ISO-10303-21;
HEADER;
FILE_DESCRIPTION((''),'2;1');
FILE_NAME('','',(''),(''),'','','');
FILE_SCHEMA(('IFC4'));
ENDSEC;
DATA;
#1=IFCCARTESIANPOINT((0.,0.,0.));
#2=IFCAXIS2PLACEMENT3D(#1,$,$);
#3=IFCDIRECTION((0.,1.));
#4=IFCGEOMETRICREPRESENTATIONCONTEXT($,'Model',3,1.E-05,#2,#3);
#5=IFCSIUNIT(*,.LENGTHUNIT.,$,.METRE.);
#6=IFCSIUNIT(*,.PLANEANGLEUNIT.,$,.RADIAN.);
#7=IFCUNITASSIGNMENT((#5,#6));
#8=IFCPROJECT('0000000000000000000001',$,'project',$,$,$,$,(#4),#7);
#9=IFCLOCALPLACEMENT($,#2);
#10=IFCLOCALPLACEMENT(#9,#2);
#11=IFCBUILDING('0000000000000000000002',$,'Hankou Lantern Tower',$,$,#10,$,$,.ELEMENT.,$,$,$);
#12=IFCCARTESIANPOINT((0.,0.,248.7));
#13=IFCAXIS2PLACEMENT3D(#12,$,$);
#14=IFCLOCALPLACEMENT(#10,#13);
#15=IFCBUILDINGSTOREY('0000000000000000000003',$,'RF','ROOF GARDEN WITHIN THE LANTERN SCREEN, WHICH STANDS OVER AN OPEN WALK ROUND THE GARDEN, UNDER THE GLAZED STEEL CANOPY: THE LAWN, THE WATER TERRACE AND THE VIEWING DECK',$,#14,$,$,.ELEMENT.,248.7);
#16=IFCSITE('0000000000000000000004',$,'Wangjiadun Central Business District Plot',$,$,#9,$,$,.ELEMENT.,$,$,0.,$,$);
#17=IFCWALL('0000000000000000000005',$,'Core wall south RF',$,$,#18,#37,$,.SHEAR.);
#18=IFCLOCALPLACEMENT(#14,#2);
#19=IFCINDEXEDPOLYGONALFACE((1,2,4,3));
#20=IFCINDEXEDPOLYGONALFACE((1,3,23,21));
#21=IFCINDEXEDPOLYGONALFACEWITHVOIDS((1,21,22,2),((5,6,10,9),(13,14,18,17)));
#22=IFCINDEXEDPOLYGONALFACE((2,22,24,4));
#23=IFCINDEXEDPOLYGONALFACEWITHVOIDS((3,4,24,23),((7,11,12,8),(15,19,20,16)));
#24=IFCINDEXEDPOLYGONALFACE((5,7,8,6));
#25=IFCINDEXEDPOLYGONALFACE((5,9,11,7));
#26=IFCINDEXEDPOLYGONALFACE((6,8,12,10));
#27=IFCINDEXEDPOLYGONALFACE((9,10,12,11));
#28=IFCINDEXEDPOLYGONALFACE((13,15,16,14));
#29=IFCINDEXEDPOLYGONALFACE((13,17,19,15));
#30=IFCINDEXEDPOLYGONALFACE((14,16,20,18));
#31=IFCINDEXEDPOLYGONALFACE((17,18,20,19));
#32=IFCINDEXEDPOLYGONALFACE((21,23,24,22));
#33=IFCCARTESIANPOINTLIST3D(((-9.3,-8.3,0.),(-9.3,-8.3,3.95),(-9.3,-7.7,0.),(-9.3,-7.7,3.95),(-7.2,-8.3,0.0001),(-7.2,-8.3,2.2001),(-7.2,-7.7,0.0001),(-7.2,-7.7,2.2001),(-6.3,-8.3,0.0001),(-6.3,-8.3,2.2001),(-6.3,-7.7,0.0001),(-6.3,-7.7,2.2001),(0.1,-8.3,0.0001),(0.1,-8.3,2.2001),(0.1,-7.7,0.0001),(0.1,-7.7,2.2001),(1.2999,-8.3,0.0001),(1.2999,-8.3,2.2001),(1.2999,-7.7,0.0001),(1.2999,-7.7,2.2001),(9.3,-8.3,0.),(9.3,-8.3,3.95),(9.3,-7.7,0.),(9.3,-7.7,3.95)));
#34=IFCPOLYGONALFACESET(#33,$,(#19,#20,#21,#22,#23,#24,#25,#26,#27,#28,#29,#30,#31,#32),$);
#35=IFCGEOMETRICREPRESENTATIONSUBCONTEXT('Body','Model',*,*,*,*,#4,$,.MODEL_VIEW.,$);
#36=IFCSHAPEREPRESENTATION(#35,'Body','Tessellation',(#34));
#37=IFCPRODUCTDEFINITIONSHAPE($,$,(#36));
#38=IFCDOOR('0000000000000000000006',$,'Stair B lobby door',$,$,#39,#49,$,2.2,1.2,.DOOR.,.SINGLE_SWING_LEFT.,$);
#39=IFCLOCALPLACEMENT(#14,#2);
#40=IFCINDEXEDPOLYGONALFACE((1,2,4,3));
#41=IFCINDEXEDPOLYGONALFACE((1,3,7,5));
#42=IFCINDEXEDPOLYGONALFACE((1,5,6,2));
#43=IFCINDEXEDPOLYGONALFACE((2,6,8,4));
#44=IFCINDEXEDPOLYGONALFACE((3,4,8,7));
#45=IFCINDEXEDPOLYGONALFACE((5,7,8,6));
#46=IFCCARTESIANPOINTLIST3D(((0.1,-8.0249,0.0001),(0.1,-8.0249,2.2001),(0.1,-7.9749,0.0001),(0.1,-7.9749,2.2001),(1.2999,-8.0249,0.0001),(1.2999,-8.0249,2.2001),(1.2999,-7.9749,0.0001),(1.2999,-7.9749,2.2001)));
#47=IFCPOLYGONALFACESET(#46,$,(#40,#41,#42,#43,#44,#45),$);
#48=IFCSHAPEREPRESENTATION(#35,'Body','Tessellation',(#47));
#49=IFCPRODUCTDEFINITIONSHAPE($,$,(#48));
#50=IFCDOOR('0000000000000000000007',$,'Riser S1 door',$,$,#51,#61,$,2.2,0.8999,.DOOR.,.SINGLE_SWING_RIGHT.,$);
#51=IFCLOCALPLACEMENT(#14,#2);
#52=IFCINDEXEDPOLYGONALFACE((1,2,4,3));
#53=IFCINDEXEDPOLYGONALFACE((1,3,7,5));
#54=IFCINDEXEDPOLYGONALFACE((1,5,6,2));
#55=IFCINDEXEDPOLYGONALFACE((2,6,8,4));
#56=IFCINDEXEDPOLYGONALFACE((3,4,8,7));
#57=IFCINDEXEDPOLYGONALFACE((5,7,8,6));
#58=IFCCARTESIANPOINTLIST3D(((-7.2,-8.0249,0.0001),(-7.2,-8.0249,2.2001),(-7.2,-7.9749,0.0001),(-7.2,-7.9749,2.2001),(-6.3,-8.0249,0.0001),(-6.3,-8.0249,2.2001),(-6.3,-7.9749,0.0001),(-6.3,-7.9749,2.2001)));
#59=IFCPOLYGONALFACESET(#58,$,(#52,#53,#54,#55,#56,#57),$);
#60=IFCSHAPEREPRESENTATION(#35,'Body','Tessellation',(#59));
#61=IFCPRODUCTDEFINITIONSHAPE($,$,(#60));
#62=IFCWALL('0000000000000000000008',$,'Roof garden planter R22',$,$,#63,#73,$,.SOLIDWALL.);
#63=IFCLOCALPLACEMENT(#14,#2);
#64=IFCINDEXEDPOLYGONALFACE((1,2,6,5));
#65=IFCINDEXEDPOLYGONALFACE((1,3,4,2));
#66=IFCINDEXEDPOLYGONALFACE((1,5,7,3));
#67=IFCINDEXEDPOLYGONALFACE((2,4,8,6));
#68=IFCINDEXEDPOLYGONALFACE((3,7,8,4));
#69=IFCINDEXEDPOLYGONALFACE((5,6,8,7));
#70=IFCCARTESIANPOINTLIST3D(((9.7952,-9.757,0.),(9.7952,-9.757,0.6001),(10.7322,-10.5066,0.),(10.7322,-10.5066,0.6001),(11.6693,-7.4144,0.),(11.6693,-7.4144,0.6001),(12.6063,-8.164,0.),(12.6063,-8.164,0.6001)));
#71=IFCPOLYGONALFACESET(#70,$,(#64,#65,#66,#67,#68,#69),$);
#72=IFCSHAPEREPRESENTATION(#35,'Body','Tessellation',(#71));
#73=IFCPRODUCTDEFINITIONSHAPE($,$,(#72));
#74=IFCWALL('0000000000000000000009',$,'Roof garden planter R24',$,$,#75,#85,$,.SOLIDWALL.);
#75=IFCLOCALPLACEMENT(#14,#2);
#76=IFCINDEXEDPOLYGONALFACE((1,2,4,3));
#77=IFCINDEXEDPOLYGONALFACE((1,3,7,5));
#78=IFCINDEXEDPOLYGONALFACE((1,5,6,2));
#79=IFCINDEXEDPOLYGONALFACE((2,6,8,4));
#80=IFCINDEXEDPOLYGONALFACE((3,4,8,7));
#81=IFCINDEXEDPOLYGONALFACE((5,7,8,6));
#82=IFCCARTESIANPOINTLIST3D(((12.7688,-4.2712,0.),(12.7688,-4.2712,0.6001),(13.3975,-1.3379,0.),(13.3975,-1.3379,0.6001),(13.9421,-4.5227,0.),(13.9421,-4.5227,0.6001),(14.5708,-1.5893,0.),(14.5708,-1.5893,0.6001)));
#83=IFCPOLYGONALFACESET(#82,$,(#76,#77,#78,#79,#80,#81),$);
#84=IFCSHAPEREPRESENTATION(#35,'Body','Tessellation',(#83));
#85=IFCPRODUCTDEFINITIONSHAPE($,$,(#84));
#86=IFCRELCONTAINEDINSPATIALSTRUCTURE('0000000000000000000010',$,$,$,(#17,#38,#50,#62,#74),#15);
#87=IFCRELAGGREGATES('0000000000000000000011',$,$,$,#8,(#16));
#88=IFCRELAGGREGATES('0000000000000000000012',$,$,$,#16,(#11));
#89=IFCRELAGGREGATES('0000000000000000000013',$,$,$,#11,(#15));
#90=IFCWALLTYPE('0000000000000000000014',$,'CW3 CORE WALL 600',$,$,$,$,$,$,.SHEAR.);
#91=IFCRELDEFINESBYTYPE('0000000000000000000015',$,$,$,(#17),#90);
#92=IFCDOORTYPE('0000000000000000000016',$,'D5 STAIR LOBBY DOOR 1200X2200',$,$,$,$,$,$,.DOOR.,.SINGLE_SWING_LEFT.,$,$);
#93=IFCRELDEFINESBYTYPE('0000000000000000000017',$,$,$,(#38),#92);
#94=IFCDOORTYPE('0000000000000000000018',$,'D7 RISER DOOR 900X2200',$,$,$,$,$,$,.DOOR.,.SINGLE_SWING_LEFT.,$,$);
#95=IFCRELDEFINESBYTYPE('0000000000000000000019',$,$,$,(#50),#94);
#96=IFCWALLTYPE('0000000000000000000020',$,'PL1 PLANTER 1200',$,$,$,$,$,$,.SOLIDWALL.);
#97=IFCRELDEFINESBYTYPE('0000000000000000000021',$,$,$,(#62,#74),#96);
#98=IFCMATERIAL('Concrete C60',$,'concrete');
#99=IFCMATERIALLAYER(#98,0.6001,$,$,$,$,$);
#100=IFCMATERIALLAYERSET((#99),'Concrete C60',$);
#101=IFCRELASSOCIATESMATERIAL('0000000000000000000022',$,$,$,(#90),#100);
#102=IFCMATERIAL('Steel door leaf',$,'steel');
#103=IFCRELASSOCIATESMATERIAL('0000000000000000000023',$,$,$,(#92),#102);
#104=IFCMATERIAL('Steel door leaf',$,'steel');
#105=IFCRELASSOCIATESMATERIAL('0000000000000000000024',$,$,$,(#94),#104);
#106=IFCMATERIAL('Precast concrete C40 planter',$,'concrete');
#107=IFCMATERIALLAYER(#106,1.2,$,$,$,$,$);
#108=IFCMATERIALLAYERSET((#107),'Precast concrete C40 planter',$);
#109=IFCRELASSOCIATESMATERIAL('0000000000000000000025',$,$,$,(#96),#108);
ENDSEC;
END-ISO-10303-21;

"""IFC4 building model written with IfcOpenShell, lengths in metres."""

from ifc_helpers import new_model, si_unit, direction, frame, frame_2d, origin, place, context, subcontext, project, spatial, rectangle, extrude, material, layer, layer_set, type_object, element, fill, save


model = new_model("IFC4")

# Units and contexts
model_context = context("Model", 3, precision=1e-05, world=origin(), true_north=direction((0.0, 1.0)))
body_context = subcontext(model_context, "Body", "Model", "MODEL_VIEW")
ifc_project = project(units=[si_unit("LENGTHUNIT", "METRE"), si_unit("PLANEANGLEUNIT", "RADIAN")], contexts=[model_context])

# Site, building, storey
site_placement = place(None, origin())
site = spatial("IfcSite", under=ifc_project, at=site_placement, Name="Wangjiadun Central Business District Plot", CompositionType="ELEMENT", RefElevation=0.0)
building_placement = place(site_placement, origin())
building = spatial("IfcBuilding", under=site, at=building_placement, Name="Hankou Lantern Tower", CompositionType="ELEMENT")
storey_placement = place(building_placement, frame((0.0, 0.0, 248.7)))
storey = spatial("IfcBuildingStorey", under=building, at=storey_placement, Name="RF", Description="ROOF GARDEN WITHIN THE LANTERN SCREEN, WHICH STANDS OVER AN OPEN WALK ROUND THE GARDEN, UNDER THE GLAZED STEEL CANOPY: THE LAWN, THE WATER TERRACE AND THE VIEWING DECK", CompositionType="ELEMENT", Elevation=248.7)

# Wall, openings, doors
ifc_material_1 = material(Name="Concrete C60", Category="concrete")
ifc_layer_1 = layer(ifc_material_1, 0.6001)
ifc_layer_set_1 = layer_set([ifc_layer_1], Name="Concrete C60")
wall_type_1 = type_object("IfcWallType", Name="CW3 CORE WALL 600", PredefinedType="SHEAR", material=ifc_layer_set_1)
wall_placement = place(storey_placement, frame((9.3, -8.0, 0.0), z_axis=(0.0, 0.0, 1.0), x_axis=(-1.0, 0.0, 0.0)))
wall = element("IfcWall", 1, at=wall_placement, inside=storey, type_object=wall_type_1, Name="Core wall south RF", PredefinedType="SHEAR", context=body_context, shape_type="SweptSolid", body=[
    extrude(rectangle(XDim=18.6001, YDim=0.6001, at=frame_2d((9.3, 0.0))), origin(), (0.0, 0.0, 1.0), 3.95),
])
opening_1_placement = place(wall_placement, frame((8.0, 0.0, 0.0)))
opening_1 = element("IfcOpeningElement", 2, at=opening_1_placement, cuts=wall, PredefinedType="OPENING", context=body_context, shape_type="SweptSolid", body=[
    extrude(rectangle(XDim=1.2, YDim=2.2, at=frame_2d((0.6001, 1.1001))), frame((0.0, 0.3101, 0.0), z_axis=(0.0, -1.0, 0.0), x_axis=(1.0, 0.0, 0.0)), (0.0, 0.0, 1.0), 0.6201),
])
opening_2_placement = place(wall_placement, frame((15.6001, 0.0, 0.0)))
opening_2 = element("IfcOpeningElement", 3, at=opening_2_placement, cuts=wall, PredefinedType="OPENING", context=body_context, shape_type="SweptSolid", body=[
    extrude(rectangle(XDim=0.8999, YDim=2.2, at=frame_2d((0.45, 1.1001))), frame((0.0, 0.3101, 0.0), z_axis=(0.0, -1.0, 0.0), x_axis=(1.0, 0.0, 0.0)), (0.0, 0.0, 1.0), 0.6201),
])
ifc_material_2 = material(Name="Steel door leaf", Category="steel")
door_type_1 = type_object("IfcDoorType", Name="D5 STAIR LOBBY DOOR 1200X2200", OperationType="SINGLE_SWING_LEFT", PredefinedType="DOOR", material=ifc_material_2)
door_1_placement = place(opening_1_placement, origin())
door_1 = element("IfcDoor", 4, at=door_1_placement, inside=storey, type_object=door_type_1, Name="Stair B lobby door", OperationType="SINGLE_SWING_LEFT", OverallHeight=2.2, OverallWidth=1.2, PredefinedType="DOOR", context=body_context, shape_type="SweptSolid", body=[
    extrude(rectangle(XDim=1.2, YDim=2.2, at=frame_2d((0.6001, 1.1001))), frame((0.0, 0.0249, 0.0), z_axis=(0.0, -1.0, 0.0), x_axis=(1.0, 0.0, 0.0)), (0.0, 0.0, 1.0), 0.05),
])
fill(opening_1, door_1)
ifc_material_3 = material(Name="Steel door leaf", Category="steel")
door_type_2 = type_object("IfcDoorType", Name="D7 RISER DOOR 900X2200", OperationType="SINGLE_SWING_LEFT", PredefinedType="DOOR", material=ifc_material_3)
door_2_placement = place(opening_2_placement, origin())
door_2 = element("IfcDoor", 5, at=door_2_placement, inside=storey, type_object=door_type_2, Name="Riser S1 door", OperationType="SINGLE_SWING_RIGHT", OverallHeight=2.2, OverallWidth=0.8999, PredefinedType="DOOR", context=body_context, shape_type="SweptSolid", body=[
    extrude(rectangle(XDim=0.8999, YDim=2.2, at=frame_2d((0.45, 1.1001))), frame((0.0, 0.0249, 0.0), z_axis=(0.0, -1.0, 0.0), x_axis=(1.0, 0.0, 0.0)), (0.0, 0.0, 1.0), 0.05),
])
fill(opening_2, door_2)

# Walls
ifc_material_4 = material(Name="Precast concrete C40 planter", Category="concrete")
ifc_layer_2 = layer(ifc_material_4, 1.2)
ifc_layer_set_2 = layer_set([ifc_layer_2], Name="Precast concrete C40 planter")
wall_type_2 = type_object("IfcWallType", Name="PL1 PLANTER 1200", PredefinedType="SOLIDWALL", material=ifc_layer_set_2)
for number, where, z_axis, x_axis, name in (
    (6, (10.2637, -10.1318, 0.0), (0.0, 0.0, 1.0), (0.624695, 0.780869, 0.0), "Roof garden planter R22"),
    (7, (13.3555, -4.397, 0.0), (0.0, 0.0, 1.0), (0.209557, 0.977796, 0.0), "Roof garden planter R24"),
):
    element("IfcWall", number, at=place(storey_placement, frame(where, z_axis=z_axis, x_axis=x_axis)), inside=storey, type_object=wall_type_2, Name=name, PredefinedType="SOLIDWALL", context=body_context, shape_type="SweptSolid", body=[
        extrude(rectangle(XDim=3.0, YDim=1.2, at=frame_2d((1.5, 0.0))), origin(), (0.0, 0.0, 1.0), 0.6001),
    ])

save(model, "model.ifc")
